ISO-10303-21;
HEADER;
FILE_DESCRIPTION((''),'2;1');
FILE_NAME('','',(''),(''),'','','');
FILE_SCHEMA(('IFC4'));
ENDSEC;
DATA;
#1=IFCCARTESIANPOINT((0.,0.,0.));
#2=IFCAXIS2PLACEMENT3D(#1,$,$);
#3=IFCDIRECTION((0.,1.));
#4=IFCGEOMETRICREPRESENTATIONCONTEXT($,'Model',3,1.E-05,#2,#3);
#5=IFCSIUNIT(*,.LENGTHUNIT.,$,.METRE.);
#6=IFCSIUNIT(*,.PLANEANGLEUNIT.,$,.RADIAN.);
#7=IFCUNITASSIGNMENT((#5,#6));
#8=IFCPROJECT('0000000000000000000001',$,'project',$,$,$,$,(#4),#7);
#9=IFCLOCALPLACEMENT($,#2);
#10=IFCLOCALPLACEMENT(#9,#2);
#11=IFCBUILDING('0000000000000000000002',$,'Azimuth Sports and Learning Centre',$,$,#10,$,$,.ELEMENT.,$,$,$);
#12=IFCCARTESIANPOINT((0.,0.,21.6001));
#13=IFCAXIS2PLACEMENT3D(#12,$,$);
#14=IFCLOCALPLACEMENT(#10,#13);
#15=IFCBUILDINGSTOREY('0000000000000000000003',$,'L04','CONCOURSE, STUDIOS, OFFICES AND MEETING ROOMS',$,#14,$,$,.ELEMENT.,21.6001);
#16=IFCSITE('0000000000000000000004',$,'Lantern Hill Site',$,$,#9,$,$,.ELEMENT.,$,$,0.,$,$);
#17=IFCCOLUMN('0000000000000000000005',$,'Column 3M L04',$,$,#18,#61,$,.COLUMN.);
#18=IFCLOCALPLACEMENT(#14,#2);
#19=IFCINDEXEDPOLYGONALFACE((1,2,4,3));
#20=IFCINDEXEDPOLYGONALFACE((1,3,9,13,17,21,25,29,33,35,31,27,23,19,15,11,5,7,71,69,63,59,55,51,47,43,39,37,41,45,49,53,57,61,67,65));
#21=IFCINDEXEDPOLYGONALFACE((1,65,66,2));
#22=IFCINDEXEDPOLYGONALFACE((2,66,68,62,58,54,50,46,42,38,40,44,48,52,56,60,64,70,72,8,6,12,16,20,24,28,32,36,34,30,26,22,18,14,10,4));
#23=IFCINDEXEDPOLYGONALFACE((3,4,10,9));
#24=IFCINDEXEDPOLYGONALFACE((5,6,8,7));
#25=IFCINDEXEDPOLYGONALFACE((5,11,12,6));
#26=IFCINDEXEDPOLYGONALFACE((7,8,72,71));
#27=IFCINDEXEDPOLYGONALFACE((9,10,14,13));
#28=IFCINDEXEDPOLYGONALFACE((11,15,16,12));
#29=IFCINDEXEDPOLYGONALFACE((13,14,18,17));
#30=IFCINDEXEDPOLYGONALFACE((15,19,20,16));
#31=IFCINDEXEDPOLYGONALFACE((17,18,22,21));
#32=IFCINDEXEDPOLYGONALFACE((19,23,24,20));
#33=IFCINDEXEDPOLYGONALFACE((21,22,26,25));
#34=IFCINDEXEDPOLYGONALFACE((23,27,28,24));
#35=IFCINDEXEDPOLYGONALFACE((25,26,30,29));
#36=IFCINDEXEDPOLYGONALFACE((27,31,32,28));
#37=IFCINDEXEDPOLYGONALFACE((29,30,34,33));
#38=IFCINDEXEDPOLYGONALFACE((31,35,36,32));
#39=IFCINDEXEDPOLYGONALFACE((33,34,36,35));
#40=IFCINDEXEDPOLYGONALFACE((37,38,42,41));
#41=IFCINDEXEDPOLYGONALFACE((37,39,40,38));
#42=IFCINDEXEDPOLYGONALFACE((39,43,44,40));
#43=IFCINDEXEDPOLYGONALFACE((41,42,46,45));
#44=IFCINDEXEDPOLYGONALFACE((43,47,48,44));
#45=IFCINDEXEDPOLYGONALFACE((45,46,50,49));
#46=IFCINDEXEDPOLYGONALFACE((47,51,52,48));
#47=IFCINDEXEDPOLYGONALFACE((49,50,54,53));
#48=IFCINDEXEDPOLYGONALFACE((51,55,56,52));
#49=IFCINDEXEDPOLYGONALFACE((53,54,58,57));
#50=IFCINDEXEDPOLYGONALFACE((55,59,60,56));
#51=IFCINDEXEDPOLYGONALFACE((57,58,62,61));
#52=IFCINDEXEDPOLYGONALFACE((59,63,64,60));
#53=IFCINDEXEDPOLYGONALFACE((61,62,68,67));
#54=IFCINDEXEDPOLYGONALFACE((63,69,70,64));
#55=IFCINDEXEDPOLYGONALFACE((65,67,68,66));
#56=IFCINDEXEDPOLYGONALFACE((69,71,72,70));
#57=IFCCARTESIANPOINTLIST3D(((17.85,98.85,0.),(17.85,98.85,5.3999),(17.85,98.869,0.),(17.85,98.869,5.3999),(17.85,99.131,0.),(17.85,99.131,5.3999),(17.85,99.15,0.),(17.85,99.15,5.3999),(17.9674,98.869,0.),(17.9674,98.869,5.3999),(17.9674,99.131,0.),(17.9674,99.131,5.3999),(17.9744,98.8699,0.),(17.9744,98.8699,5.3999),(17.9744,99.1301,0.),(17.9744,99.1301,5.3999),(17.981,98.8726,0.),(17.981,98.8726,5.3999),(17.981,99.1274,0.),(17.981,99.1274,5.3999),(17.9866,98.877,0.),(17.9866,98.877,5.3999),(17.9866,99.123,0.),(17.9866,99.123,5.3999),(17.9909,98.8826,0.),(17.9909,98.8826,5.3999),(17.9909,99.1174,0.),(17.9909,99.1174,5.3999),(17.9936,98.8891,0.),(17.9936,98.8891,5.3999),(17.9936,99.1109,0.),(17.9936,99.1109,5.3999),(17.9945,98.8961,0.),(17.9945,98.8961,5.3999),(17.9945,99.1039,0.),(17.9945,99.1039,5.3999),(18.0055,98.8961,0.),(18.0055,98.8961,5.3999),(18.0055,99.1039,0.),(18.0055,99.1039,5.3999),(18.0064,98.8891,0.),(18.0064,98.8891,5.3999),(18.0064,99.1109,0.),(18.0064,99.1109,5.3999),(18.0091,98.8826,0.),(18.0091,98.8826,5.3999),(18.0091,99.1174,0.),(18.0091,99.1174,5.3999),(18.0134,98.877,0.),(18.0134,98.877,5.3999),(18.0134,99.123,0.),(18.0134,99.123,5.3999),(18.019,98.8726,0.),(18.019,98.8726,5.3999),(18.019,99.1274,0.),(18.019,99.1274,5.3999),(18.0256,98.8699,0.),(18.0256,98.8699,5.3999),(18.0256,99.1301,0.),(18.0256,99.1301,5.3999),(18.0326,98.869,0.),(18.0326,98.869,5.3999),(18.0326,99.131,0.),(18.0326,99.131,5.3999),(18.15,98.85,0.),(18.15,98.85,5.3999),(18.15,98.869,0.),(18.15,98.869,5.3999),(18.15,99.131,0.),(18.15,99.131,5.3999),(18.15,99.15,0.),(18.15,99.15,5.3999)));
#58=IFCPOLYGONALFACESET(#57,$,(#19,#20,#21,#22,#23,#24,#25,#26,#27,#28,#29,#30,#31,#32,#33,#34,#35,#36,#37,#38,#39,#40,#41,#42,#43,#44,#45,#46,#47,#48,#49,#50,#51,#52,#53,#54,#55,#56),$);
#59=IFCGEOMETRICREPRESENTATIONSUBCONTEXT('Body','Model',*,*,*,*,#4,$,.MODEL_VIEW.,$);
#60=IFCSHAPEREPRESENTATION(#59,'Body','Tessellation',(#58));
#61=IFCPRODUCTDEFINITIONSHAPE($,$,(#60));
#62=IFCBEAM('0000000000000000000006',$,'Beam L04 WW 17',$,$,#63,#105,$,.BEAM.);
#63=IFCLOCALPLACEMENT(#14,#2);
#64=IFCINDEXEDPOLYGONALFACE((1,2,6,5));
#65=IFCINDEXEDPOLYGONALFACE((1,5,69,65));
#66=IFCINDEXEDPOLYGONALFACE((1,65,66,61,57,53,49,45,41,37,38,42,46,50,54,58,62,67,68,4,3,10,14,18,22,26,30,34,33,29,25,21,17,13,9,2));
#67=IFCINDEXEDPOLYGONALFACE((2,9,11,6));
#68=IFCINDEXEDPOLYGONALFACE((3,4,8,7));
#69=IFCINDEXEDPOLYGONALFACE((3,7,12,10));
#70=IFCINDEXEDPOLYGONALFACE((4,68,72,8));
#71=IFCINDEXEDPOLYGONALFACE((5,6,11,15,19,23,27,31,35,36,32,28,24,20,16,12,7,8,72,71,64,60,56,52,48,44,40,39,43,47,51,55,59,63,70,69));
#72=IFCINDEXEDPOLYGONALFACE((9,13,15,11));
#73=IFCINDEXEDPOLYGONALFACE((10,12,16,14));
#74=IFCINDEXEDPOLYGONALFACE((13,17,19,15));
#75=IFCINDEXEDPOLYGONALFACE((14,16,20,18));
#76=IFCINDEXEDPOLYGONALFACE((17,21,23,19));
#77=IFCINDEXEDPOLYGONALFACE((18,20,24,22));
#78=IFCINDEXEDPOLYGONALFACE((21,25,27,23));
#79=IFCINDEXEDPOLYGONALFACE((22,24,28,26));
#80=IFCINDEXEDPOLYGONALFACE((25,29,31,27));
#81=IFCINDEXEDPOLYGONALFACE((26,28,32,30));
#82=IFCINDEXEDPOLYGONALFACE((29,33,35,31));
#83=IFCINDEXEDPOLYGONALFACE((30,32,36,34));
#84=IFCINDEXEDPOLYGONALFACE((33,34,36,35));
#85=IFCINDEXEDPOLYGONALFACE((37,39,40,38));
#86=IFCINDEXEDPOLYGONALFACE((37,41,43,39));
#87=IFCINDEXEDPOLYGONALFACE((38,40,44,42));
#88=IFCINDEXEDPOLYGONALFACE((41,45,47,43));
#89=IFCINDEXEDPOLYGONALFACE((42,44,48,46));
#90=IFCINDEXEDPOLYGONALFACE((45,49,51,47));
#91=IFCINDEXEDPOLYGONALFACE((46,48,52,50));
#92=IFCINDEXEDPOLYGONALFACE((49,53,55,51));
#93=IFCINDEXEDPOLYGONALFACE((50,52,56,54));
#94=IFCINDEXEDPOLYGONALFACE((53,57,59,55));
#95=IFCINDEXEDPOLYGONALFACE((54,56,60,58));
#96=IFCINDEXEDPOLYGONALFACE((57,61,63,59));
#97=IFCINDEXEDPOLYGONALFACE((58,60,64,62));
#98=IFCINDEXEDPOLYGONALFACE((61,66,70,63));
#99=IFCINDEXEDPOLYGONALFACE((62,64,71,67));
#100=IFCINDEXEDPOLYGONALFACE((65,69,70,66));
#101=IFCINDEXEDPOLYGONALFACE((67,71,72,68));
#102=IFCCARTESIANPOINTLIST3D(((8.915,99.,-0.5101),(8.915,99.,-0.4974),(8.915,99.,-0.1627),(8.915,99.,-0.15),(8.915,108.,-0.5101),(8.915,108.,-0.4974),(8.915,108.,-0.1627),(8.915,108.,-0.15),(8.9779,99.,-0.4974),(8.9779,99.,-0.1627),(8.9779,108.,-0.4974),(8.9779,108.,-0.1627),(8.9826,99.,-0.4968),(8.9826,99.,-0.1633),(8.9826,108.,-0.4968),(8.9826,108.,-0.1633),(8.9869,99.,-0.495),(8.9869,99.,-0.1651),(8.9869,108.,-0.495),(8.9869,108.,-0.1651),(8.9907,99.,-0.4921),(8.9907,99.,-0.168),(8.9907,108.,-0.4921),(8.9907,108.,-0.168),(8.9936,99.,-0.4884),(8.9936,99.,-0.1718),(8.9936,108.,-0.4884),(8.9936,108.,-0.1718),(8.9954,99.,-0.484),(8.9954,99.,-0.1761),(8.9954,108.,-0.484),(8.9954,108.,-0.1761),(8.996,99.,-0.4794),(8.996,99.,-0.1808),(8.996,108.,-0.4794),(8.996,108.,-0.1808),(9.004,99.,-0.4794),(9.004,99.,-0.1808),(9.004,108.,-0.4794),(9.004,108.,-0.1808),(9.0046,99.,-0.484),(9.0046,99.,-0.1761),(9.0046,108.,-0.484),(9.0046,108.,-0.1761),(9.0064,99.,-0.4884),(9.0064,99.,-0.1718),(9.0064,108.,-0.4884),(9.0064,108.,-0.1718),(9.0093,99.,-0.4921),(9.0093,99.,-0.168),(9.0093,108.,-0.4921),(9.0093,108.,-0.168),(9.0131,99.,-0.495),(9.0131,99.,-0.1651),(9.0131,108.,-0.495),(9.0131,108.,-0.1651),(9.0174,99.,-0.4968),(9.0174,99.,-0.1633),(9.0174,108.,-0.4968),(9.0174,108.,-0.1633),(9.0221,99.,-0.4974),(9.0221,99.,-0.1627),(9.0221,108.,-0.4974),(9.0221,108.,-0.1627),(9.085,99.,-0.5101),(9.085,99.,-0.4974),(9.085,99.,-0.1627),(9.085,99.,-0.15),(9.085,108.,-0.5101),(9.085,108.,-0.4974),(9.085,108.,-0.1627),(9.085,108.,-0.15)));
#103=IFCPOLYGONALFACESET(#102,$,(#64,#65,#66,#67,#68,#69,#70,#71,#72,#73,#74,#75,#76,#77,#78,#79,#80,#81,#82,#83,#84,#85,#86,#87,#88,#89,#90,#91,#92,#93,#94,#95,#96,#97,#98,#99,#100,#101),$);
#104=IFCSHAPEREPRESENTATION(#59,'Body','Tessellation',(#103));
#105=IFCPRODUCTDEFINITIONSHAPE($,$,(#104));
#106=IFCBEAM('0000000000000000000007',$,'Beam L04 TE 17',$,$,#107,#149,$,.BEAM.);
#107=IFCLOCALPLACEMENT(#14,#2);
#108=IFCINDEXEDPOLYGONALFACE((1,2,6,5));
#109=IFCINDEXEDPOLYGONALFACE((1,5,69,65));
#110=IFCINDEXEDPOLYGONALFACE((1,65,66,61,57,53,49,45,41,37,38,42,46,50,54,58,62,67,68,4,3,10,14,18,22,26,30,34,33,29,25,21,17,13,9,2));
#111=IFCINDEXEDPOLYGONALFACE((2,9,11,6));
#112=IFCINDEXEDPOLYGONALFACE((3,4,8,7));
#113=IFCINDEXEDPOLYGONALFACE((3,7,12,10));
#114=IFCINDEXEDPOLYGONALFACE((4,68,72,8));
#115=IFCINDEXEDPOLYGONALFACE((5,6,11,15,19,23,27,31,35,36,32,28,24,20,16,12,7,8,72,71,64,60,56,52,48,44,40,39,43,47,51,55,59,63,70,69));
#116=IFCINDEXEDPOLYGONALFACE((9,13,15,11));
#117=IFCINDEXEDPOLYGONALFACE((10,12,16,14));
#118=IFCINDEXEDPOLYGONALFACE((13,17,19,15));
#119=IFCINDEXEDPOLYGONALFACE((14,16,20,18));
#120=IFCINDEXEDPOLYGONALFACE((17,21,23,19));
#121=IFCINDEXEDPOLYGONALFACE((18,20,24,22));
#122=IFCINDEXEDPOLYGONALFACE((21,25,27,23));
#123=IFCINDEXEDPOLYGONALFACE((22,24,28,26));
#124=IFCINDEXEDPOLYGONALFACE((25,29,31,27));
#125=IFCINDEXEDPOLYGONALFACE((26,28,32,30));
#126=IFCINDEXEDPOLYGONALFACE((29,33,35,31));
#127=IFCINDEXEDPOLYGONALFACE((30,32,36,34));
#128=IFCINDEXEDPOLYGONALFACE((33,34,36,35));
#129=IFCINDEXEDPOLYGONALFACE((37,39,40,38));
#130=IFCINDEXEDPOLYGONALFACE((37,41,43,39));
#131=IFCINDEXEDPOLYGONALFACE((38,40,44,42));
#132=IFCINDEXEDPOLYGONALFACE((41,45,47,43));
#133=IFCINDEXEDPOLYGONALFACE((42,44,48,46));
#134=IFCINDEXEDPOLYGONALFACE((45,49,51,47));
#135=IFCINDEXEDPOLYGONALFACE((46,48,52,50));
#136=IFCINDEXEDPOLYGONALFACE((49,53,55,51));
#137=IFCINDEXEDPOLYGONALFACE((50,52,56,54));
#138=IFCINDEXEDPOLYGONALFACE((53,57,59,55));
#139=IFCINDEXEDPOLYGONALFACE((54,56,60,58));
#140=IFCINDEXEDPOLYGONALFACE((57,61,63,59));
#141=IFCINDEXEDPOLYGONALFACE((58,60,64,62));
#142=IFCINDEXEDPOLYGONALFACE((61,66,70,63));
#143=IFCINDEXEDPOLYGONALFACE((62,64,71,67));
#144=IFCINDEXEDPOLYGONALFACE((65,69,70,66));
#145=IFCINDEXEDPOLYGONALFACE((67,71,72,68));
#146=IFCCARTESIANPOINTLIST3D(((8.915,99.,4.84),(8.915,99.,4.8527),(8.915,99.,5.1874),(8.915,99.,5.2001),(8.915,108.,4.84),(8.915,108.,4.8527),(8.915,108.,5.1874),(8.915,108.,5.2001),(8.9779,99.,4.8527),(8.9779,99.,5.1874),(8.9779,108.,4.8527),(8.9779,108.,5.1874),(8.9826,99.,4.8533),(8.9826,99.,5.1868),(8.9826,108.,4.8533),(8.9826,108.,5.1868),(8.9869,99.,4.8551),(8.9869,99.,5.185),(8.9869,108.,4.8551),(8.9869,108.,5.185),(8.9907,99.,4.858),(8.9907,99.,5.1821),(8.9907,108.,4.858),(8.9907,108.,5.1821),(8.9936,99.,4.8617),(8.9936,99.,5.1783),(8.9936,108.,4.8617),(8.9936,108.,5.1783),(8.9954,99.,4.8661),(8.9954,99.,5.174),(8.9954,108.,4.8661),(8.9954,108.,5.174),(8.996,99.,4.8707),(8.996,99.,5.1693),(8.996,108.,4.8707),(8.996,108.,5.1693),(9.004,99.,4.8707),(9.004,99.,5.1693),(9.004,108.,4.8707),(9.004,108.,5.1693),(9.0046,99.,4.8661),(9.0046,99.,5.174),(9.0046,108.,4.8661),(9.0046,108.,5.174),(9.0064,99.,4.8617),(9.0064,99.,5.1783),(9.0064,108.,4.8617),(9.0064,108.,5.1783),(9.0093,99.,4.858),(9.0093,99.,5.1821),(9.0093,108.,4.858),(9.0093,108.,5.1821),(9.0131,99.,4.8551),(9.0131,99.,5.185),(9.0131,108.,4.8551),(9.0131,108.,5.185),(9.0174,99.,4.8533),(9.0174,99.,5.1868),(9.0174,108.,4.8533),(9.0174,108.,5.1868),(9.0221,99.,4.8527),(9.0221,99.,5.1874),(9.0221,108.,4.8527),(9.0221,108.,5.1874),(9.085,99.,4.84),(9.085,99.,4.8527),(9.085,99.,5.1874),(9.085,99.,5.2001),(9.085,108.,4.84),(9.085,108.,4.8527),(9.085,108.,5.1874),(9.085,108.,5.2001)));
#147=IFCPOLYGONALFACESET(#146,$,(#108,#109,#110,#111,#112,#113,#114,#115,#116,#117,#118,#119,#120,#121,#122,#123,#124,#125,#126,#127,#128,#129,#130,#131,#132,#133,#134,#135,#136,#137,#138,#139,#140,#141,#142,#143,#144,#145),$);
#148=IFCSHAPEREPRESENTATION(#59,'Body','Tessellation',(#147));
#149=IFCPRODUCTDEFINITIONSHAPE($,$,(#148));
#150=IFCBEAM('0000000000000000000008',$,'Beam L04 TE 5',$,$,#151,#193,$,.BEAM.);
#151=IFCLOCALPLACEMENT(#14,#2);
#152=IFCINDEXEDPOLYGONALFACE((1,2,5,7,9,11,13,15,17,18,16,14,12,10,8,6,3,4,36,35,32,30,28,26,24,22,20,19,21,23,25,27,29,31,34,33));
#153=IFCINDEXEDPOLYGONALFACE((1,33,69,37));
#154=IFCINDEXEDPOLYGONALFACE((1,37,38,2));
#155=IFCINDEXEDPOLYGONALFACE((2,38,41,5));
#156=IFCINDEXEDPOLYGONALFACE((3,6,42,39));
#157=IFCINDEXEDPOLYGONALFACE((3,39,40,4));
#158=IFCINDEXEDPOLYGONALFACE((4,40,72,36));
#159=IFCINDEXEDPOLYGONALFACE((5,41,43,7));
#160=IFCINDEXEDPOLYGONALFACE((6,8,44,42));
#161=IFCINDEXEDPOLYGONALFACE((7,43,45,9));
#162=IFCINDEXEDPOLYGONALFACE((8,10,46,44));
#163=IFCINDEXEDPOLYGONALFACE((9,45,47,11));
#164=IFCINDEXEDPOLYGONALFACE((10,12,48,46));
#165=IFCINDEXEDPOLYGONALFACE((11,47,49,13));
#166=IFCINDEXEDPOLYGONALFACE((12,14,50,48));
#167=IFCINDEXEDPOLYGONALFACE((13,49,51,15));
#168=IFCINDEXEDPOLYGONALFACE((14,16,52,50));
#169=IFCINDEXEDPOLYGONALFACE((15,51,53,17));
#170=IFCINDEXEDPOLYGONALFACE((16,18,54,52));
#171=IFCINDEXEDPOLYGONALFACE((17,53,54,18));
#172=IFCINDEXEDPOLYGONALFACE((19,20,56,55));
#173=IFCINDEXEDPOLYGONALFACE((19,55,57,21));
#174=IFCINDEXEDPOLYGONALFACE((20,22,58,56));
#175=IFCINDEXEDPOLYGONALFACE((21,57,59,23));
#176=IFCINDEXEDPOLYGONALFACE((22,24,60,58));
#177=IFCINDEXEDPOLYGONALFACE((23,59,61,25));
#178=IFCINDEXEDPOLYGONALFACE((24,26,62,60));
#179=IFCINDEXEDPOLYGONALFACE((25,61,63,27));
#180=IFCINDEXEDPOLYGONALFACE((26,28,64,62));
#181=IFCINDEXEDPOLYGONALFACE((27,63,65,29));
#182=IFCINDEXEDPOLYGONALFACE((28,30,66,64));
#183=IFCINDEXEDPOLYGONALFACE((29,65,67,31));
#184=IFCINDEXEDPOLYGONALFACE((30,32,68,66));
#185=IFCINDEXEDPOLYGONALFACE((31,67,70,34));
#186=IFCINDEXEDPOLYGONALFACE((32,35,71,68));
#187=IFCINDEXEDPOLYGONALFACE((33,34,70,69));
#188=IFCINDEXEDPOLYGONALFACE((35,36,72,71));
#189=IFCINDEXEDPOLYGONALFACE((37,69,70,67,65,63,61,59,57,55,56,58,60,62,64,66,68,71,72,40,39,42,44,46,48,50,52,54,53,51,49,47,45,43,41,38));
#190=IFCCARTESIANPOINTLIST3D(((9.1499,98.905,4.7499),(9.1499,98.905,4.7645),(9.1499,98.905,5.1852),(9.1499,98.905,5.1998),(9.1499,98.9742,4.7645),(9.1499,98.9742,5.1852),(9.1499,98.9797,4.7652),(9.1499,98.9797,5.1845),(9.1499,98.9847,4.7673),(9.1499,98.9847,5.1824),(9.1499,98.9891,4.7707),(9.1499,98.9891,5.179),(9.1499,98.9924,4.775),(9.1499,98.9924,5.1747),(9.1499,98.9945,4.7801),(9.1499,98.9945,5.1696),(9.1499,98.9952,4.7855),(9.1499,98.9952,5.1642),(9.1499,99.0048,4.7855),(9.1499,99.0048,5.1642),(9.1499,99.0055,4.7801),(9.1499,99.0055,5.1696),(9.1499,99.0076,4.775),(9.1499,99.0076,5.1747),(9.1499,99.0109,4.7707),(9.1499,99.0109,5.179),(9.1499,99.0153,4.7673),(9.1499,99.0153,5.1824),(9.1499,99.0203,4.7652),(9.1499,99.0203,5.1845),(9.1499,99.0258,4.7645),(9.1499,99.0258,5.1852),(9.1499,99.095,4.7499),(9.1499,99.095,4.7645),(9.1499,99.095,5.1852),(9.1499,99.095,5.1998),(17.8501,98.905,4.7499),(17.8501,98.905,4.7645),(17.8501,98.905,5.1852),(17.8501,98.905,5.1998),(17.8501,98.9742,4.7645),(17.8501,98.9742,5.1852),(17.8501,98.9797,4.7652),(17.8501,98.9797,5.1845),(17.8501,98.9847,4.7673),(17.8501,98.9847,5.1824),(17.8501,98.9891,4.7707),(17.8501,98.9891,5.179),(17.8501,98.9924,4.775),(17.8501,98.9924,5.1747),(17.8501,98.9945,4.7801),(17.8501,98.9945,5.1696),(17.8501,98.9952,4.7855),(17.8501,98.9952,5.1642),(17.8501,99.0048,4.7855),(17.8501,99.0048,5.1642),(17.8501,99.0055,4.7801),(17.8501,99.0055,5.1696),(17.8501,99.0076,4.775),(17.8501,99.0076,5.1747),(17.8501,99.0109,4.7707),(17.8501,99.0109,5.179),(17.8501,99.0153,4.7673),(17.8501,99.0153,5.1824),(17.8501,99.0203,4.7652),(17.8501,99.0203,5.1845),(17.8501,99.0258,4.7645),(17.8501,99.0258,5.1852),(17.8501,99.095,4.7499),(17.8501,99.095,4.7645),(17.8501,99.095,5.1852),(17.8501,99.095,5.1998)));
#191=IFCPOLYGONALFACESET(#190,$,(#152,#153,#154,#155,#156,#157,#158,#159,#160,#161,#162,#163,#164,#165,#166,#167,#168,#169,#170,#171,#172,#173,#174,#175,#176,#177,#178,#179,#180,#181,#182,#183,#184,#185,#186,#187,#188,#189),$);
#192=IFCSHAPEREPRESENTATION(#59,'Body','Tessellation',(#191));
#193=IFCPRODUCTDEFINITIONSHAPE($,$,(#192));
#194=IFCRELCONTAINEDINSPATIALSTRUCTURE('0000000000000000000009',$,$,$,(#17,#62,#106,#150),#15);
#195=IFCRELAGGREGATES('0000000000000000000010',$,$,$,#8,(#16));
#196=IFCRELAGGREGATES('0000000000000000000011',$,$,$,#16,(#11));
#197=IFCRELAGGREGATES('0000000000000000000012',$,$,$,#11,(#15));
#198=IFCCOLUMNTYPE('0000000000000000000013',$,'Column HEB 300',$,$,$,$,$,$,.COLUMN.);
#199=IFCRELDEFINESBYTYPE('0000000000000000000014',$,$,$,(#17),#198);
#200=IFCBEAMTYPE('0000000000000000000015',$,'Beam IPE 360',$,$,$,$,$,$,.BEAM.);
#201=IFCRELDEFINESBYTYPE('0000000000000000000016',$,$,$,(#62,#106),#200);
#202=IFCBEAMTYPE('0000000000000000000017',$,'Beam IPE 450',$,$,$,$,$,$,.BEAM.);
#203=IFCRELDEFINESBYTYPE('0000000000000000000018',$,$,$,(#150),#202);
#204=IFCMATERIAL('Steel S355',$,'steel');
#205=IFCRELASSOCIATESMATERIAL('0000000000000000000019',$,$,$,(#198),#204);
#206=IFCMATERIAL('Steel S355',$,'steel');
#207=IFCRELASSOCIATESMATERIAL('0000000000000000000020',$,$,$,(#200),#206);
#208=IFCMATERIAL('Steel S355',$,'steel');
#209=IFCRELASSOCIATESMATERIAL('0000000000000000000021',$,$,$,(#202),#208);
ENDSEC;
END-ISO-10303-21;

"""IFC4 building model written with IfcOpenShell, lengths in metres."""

from ifc_helpers import new_model, si_unit, direction, frame, origin, origin_2d, place, context, subcontext, project, spatial, i_section, extrude, material, material_profile, profile_set, type_object, element, save


model = new_model("IFC4")

# Units and contexts
model_context = context("Model", 3, precision=1e-05, world=origin(), true_north=direction((0.0, 1.0)))
body_context = subcontext(model_context, "Body", "Model", "MODEL_VIEW")
ifc_project = project(units=[si_unit("LENGTHUNIT", "METRE"), si_unit("PLANEANGLEUNIT", "RADIAN")], contexts=[model_context])

# Site, building, storey
site_placement = place(None, origin())
site = spatial("IfcSite", under=ifc_project, at=site_placement, Name="Lantern Hill Site", CompositionType="ELEMENT", RefElevation=0.0)
building_placement = place(site_placement, origin())
building = spatial("IfcBuilding", under=site, at=building_placement, Name="Azimuth Sports and Learning Centre", CompositionType="ELEMENT")
storey_placement = place(building_placement, frame((0.0, 0.0, 21.6001)))
storey = spatial("IfcBuildingStorey", under=building, at=storey_placement, Name="L04", Description="CONCOURSE, STUDIOS, OFFICES AND MEETING ROOMS", CompositionType="ELEMENT", Elevation=21.6001)

# Column
ifc_material_1 = material(Name="Steel S355", Category="steel")
ifc_material_profile_1 = material_profile(ifc_material_1, i_section(OverallWidth=0.3, OverallDepth=0.3, WebThickness=0.011, FlangeThickness=0.019, FilletRadius=0.0271, at=origin_2d()), Name="HEB 300")
ifc_profile_set_1 = profile_set([ifc_material_profile_1], Name="Steel S355")
column_type = type_object("IfcColumnType", Name="Column HEB 300", PredefinedType="COLUMN", material=ifc_profile_set_1)
column_placement = place(storey_placement, frame((18.0, 99.0, 0.0), z_axis=(0.0, 0.0, 1.0), x_axis=(1.0, 0.0, 0.0)))
element("IfcColumn", 1, at=column_placement, inside=storey, type_object=column_type, Name="Column 3M L04", PredefinedType="COLUMN", context=body_context, shape_type="SweptSolid", body=[
    extrude(i_section(OverallWidth=0.3, OverallDepth=0.3, WebThickness=0.011, FlangeThickness=0.019, FilletRadius=0.0271, at=origin_2d()), origin(), (0.0, 0.0, 1.0), 5.3999),
])

# Beams
ifc_material_2 = material(Name="Steel S355", Category="steel")
ifc_material_profile_2 = material_profile(ifc_material_2, i_section(OverallWidth=0.1699, OverallDepth=0.3601, WebThickness=0.0081, FlangeThickness=0.0127, FilletRadius=0.0181, at=origin_2d()), Name="IPE 360")
ifc_profile_set_2 = profile_set([ifc_material_profile_2], Name="Steel S355")
beam_type_1 = type_object("IfcBeamType", Name="Beam IPE 360", PredefinedType="BEAM", material=ifc_profile_set_2)
for number, where, z_axis, x_axis, name in (
    (2, (9.0, 99.0, -0.3301), (0.0, 1.0, 0.0), (-1.0, 0.0, 0.0), "Beam L04 WW 17"),
    (3, (9.0, 99.0, 5.02), (0.0, 1.0, 0.0), (-1.0, 0.0, 0.0), "Beam L04 TE 17"),
):
    element("IfcBeam", number, at=place(storey_placement, frame(where, z_axis=z_axis, x_axis=x_axis)), inside=storey, type_object=beam_type_1, Name=name, PredefinedType="BEAM", context=body_context, shape_type="SweptSolid", body=[
        extrude(i_section(OverallWidth=0.1699, OverallDepth=0.3601, WebThickness=0.0081, FlangeThickness=0.0127, FilletRadius=0.0181, at=origin_2d()), origin(), (0.0, 0.0, 1.0), 9.0),
    ])
ifc_material_3 = material(Name="Steel S355", Category="steel")
ifc_material_profile_3 = material_profile(ifc_material_3, i_section(OverallWidth=0.1899, OverallDepth=0.45, WebThickness=0.0095, FlangeThickness=0.0146, FilletRadius=0.021, at=origin_2d()), Name="IPE 450")
ifc_profile_set_3 = profile_set([ifc_material_profile_3], Name="Steel S355")
beam_type_2 = type_object("IfcBeamType", Name="Beam IPE 450", PredefinedType="BEAM", material=ifc_profile_set_3)
for number, where, z_axis, x_axis, name in (
    (4, (9.1499, 99.0, 4.9749), (1.0, 0.0, 0.0), (0.0, 1.0, 0.0), "Beam L04 TE 5"),
):
    element("IfcBeam", number, at=place(storey_placement, frame(where, z_axis=z_axis, x_axis=x_axis)), inside=storey, type_object=beam_type_2, Name=name, PredefinedType="BEAM", context=body_context, shape_type="SweptSolid", body=[
        extrude(i_section(OverallWidth=0.1899, OverallDepth=0.45, WebThickness=0.0095, FlangeThickness=0.0146, FilletRadius=0.021, at=origin_2d()), origin(), (0.0, 0.0, 1.0), 8.7002),
    ])

save(model, "model.ifc")
